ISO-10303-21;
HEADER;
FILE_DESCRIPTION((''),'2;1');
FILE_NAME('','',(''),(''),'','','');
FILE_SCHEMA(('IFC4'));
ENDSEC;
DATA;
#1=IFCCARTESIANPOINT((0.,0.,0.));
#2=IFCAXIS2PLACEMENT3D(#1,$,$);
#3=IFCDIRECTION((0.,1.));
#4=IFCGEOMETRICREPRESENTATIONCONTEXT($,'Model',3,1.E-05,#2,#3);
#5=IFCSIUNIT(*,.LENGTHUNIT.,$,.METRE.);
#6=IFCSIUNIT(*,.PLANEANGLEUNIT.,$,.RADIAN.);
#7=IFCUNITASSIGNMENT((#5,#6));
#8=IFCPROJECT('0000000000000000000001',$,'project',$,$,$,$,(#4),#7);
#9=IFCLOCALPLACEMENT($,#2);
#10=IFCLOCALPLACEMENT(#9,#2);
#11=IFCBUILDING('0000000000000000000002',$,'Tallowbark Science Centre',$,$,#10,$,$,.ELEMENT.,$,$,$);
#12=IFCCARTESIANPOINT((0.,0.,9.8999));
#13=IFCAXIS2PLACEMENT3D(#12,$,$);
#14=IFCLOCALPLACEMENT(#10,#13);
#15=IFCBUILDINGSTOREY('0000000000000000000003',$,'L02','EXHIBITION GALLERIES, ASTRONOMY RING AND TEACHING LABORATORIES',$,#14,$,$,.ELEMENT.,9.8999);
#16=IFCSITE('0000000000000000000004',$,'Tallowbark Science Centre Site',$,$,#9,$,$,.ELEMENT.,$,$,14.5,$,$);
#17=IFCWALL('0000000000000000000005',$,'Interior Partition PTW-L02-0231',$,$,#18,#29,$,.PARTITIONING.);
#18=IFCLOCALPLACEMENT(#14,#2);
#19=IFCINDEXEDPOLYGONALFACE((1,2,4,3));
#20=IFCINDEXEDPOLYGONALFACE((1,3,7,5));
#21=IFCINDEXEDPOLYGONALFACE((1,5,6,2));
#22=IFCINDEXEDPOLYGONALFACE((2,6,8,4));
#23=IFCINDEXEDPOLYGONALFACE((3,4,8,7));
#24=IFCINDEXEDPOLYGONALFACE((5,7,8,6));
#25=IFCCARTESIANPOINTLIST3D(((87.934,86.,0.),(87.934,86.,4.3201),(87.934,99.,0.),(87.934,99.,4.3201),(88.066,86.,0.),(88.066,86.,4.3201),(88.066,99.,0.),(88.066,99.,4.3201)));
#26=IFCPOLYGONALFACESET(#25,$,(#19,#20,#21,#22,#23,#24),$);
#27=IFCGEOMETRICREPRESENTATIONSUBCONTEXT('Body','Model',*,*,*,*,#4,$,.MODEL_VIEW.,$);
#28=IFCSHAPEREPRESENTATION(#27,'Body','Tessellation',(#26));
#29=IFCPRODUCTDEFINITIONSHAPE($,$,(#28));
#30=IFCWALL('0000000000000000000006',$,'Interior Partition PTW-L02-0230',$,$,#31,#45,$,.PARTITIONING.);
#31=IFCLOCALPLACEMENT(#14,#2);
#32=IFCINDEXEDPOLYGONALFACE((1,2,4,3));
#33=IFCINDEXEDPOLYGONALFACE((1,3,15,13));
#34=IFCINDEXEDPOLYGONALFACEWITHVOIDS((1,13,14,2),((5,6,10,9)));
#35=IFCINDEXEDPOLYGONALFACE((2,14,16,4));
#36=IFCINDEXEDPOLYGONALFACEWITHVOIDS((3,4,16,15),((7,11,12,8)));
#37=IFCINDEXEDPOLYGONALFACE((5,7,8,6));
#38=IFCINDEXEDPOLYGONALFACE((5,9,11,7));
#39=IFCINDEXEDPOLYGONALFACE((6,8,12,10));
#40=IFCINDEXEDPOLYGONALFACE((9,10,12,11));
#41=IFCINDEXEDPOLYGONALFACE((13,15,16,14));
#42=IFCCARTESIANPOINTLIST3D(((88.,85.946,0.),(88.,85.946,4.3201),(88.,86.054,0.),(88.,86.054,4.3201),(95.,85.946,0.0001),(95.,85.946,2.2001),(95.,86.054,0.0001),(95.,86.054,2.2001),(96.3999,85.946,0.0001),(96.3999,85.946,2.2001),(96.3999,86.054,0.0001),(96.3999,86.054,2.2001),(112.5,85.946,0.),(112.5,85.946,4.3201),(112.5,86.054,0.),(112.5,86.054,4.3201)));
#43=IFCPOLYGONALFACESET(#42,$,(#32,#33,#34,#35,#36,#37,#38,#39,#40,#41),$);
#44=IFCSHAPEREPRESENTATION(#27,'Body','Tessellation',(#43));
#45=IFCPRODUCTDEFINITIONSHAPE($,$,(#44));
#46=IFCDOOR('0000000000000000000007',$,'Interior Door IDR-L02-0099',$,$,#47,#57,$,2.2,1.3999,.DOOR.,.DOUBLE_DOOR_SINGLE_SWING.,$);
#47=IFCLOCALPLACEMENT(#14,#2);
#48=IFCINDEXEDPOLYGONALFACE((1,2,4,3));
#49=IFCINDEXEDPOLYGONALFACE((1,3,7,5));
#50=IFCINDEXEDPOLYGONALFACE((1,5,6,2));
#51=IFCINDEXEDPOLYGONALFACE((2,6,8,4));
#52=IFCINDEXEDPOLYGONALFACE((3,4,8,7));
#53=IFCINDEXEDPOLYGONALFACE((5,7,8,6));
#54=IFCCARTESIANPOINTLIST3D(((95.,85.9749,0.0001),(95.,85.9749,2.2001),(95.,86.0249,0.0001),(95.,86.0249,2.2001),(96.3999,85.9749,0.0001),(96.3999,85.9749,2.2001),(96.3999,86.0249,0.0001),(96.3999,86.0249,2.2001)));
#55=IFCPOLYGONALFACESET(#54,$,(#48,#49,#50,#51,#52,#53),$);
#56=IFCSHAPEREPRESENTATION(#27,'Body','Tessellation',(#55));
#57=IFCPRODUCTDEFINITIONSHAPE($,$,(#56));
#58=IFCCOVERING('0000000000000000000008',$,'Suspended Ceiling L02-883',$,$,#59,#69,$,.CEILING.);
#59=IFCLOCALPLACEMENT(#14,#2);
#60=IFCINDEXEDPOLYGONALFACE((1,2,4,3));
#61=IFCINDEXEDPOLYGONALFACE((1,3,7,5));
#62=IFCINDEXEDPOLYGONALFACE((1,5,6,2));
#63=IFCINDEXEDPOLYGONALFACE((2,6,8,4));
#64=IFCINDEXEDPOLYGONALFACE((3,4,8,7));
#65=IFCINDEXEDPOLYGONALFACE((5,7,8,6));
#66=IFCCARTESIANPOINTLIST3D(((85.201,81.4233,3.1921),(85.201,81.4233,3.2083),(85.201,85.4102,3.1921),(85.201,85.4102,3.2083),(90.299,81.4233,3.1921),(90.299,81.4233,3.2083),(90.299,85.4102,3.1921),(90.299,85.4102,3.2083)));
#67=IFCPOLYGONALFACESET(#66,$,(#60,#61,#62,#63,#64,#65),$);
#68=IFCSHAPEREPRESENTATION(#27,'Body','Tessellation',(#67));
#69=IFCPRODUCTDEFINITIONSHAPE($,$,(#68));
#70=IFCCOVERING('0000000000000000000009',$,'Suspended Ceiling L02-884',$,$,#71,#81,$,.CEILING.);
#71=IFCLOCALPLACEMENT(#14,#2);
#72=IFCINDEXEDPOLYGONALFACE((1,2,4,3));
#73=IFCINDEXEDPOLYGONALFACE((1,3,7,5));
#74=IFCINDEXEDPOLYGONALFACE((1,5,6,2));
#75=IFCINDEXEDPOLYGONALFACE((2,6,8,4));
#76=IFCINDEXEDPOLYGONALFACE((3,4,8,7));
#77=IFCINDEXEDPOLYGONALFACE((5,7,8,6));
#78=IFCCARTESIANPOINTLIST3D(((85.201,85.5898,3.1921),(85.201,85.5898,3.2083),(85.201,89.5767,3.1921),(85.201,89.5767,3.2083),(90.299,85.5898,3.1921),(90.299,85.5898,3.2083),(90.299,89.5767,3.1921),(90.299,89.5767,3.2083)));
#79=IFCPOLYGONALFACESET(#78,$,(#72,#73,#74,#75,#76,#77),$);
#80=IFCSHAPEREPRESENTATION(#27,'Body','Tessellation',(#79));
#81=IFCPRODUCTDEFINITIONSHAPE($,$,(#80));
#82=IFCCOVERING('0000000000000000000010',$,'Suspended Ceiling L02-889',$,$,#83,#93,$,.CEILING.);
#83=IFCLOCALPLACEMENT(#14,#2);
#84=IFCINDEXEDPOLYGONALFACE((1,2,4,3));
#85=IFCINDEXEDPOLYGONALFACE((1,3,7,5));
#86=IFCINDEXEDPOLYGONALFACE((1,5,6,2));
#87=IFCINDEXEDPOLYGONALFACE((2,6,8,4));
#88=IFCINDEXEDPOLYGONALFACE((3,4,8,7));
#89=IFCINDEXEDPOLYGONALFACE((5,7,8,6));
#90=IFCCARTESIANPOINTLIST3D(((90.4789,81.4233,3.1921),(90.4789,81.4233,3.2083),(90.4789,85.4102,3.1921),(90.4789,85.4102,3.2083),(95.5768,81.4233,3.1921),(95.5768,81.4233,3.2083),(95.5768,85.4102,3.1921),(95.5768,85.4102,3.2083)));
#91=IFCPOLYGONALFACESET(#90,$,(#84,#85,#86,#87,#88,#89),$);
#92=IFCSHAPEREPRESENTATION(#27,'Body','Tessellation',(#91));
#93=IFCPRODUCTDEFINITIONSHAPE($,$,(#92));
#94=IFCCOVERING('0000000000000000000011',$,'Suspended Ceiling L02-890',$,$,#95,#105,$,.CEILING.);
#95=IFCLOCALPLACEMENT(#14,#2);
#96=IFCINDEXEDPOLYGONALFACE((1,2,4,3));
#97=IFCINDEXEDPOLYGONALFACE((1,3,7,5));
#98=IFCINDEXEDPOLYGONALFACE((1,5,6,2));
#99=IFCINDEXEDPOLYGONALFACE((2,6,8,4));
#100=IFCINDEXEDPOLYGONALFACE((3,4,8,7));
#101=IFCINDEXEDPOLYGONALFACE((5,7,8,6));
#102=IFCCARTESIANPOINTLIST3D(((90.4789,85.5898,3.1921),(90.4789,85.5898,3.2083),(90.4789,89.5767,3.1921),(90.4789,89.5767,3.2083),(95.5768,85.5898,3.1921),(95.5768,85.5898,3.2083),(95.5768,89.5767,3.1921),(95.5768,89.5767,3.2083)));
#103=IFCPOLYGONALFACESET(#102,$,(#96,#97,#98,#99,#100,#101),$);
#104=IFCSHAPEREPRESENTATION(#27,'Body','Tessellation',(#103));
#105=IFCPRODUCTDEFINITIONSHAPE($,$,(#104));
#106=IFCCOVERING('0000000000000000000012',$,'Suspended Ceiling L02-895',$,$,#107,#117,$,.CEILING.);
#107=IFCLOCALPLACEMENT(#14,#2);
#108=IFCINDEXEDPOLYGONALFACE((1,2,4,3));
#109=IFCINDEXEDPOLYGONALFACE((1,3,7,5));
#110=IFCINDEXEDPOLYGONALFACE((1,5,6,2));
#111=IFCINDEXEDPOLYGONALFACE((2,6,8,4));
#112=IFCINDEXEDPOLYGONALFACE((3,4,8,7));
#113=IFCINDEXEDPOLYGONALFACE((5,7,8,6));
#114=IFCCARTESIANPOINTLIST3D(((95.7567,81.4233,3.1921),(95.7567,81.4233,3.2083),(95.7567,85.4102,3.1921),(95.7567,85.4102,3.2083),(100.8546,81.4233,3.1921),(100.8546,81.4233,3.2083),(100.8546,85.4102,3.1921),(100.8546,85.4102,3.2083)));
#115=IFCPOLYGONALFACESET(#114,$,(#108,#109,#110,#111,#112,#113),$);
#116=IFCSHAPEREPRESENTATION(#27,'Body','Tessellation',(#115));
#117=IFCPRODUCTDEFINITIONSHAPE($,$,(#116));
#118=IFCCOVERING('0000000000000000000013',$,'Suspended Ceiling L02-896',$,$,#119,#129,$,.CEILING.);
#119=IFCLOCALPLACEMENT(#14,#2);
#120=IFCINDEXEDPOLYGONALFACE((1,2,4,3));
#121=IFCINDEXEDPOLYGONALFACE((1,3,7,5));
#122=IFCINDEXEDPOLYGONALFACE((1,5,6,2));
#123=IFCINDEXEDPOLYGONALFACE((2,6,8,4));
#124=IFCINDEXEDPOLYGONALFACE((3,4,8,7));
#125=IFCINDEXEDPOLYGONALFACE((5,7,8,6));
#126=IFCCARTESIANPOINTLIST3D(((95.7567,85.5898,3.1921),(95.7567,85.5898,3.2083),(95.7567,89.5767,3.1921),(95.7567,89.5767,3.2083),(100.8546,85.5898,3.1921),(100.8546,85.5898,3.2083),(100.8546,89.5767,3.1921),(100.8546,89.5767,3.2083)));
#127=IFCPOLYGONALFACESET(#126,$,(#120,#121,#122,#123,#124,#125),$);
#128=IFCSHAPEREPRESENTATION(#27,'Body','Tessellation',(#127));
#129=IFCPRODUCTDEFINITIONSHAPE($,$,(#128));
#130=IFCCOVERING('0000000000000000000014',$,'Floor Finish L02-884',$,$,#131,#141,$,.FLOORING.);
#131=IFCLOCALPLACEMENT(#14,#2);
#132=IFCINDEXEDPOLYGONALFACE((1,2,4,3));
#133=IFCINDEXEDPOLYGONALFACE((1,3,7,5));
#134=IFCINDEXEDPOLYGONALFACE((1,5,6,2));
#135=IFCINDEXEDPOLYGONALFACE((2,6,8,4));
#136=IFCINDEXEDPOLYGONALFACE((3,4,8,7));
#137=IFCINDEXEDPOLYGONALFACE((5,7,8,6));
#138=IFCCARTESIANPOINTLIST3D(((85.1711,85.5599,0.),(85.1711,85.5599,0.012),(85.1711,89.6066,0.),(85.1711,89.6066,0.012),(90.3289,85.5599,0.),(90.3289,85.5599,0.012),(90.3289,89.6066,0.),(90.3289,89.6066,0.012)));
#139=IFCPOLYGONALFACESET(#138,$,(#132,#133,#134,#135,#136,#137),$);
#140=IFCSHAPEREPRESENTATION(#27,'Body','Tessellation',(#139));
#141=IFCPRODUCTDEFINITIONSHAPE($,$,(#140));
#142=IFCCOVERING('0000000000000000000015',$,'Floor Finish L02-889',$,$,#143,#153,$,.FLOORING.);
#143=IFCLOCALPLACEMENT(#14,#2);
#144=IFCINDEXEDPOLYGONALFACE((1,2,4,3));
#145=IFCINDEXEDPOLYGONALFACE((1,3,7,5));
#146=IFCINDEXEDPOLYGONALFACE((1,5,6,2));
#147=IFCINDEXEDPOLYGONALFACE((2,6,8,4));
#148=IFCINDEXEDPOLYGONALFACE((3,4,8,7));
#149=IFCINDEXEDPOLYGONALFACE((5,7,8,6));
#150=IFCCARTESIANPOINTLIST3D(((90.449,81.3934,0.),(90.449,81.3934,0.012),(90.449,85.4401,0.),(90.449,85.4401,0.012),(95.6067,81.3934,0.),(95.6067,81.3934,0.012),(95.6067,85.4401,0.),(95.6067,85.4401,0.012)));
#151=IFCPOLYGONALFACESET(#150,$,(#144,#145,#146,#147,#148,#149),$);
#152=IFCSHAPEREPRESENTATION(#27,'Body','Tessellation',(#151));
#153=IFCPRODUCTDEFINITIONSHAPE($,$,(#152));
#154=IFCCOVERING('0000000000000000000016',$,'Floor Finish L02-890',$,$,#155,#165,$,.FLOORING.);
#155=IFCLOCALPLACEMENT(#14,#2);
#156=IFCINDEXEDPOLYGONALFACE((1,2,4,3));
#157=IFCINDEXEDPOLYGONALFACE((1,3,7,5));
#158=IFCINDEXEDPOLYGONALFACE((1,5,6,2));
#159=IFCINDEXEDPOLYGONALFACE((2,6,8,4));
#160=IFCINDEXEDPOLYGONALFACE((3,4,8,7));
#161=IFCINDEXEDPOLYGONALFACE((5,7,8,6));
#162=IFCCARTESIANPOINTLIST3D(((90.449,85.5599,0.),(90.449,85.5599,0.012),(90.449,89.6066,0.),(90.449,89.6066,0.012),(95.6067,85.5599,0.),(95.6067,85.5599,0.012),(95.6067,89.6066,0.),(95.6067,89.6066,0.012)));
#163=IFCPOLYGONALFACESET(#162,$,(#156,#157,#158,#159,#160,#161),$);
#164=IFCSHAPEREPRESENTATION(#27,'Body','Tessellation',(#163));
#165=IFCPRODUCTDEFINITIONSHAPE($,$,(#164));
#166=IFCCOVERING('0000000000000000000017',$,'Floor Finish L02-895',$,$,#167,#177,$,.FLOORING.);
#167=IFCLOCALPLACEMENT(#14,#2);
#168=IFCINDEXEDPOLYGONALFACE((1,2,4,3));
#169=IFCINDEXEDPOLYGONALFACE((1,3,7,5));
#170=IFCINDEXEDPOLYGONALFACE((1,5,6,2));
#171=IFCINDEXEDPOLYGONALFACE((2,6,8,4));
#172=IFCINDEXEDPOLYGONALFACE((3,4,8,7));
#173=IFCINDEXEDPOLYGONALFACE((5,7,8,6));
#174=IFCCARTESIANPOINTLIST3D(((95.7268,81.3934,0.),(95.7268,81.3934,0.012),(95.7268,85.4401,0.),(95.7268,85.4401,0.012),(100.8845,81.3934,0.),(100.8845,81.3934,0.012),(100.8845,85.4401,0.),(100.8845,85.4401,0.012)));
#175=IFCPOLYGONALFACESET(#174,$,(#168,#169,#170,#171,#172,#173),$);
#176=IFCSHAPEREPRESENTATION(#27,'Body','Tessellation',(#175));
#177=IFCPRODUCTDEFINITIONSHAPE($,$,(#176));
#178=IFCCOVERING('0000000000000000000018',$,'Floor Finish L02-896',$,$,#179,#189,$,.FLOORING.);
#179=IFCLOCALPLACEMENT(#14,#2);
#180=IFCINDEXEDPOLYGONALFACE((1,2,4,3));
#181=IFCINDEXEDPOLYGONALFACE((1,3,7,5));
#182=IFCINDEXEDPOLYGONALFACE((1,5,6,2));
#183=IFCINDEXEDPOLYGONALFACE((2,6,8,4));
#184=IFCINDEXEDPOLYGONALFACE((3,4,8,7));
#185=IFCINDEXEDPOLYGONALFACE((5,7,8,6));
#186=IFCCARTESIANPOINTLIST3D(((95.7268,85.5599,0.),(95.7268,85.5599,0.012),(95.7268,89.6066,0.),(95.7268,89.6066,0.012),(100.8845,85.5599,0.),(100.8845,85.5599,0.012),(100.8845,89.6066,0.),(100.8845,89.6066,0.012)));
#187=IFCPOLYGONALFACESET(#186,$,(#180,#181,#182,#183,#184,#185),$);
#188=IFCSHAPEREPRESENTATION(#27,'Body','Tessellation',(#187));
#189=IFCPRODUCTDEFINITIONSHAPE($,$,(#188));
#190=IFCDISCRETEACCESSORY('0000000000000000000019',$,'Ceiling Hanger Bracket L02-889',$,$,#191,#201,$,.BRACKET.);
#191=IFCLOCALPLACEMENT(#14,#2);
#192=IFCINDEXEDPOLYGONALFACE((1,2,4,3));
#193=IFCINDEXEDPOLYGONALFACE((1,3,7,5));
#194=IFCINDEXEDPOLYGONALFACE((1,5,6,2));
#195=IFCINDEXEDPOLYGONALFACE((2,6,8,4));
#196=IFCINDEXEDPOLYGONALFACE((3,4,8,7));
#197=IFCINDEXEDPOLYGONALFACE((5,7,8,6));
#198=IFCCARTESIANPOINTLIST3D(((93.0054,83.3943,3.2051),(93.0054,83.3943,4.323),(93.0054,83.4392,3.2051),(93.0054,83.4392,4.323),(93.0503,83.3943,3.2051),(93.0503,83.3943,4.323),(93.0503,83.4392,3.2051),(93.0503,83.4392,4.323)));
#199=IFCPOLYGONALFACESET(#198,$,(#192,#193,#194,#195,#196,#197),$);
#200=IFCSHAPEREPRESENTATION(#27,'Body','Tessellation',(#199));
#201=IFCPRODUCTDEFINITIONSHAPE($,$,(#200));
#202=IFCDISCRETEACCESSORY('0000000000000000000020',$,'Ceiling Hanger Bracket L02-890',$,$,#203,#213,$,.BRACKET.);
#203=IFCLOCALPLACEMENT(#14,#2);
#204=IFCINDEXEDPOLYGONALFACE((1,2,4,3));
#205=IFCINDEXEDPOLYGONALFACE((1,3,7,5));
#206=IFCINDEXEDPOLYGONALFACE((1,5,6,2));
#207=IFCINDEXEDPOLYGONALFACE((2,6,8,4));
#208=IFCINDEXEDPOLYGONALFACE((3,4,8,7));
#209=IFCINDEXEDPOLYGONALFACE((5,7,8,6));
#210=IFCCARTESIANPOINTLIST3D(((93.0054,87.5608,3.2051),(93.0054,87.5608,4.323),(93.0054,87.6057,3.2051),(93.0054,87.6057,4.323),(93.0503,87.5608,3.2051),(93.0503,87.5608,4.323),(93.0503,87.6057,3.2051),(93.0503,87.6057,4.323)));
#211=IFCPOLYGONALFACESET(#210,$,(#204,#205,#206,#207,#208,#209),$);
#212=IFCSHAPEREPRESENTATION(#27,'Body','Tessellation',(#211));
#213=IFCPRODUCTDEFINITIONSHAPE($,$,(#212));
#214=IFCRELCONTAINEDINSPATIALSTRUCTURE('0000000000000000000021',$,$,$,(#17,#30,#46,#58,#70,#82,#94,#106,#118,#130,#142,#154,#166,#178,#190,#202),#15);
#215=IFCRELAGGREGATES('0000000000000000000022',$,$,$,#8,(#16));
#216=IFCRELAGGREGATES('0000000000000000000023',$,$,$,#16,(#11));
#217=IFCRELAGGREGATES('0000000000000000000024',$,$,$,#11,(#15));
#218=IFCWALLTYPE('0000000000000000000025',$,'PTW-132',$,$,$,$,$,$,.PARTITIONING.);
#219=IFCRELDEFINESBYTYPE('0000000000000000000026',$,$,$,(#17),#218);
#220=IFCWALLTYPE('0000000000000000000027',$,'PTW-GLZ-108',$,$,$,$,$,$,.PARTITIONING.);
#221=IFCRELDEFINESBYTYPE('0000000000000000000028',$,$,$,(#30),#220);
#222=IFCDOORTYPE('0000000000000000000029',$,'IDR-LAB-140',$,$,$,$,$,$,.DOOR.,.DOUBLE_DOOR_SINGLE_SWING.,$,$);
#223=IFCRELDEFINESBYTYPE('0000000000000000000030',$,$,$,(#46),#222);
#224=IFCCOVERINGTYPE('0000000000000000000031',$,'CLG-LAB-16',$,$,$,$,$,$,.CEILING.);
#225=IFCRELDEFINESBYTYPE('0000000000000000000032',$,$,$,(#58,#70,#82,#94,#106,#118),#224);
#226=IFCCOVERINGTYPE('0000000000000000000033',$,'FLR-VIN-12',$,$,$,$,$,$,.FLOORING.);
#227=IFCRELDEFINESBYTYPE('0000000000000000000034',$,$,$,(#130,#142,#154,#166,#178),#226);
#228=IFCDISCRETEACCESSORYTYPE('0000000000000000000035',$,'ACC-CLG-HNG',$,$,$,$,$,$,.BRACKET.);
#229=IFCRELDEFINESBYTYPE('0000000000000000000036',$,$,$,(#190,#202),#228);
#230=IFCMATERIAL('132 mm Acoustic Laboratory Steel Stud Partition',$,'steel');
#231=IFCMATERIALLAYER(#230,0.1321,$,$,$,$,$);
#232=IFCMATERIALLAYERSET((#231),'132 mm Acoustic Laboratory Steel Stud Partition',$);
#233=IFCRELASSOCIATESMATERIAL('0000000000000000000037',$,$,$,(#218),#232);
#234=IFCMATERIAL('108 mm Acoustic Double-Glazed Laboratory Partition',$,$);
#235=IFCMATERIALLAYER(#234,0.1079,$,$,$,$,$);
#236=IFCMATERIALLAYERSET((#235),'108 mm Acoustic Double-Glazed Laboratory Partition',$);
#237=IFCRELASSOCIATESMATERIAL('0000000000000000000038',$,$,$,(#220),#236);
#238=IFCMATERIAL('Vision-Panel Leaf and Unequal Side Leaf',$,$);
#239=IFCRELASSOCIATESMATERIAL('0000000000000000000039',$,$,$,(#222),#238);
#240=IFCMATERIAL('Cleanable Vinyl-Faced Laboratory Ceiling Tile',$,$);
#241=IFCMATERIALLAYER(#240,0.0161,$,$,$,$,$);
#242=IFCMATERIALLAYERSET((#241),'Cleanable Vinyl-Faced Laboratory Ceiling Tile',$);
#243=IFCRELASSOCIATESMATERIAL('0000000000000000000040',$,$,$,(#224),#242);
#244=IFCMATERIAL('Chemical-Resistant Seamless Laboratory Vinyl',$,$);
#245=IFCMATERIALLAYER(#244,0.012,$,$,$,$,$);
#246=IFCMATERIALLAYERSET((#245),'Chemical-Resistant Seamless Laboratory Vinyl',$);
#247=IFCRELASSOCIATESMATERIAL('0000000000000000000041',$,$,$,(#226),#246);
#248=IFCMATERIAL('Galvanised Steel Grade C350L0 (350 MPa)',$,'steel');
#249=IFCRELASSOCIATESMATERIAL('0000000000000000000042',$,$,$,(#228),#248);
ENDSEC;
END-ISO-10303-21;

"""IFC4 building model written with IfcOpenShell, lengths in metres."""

from ifc_helpers import new_model, si_unit, direction, frame, frame_2d, origin, origin_2d, place, context, subcontext, project, spatial, rectangle, extrude, material, layer, layer_set, type_object, element, fill, save


model = new_model("IFC4")

# Units and contexts
model_context = context("Model", 3, precision=1e-05, world=origin(), true_north=direction((0.0, 1.0)))
body_context = subcontext(model_context, "Body", "Model", "MODEL_VIEW")
ifc_project = project(units=[si_unit("LENGTHUNIT", "METRE"), si_unit("PLANEANGLEUNIT", "RADIAN")], contexts=[model_context])

# Site, building, storey
site_placement = place(None, origin())
site = spatial("IfcSite", under=ifc_project, at=site_placement, Name="Tallowbark Science Centre Site", CompositionType="ELEMENT", RefElevation=14.5)
building_placement = place(site_placement, origin())
building = spatial("IfcBuilding", under=site, at=building_placement, Name="Tallowbark Science Centre", CompositionType="ELEMENT")
storey_placement = place(building_placement, frame((0.0, 0.0, 9.8999)))
storey = spatial("IfcBuildingStorey", under=building, at=storey_placement, Name="L02", Description="EXHIBITION GALLERIES, ASTRONOMY RING AND TEACHING LABORATORIES", CompositionType="ELEMENT", Elevation=9.8999)

# Wall
ifc_material_1 = material(Name="132 mm Acoustic Laboratory Steel Stud Partition", Category="steel")
ifc_layer_1 = layer(ifc_material_1, 0.1321)
ifc_layer_set_1 = layer_set([ifc_layer_1], Name="132 mm Acoustic Laboratory Steel Stud Partition")
wall_type_1 = type_object("IfcWallType", Name="PTW-132", PredefinedType="PARTITIONING", material=ifc_layer_set_1)
wall_1_placement = place(storey_placement, frame((88.0, 86.0, 0.0), z_axis=(0.0, 0.0, 1.0), x_axis=(0.0, 1.0, 0.0)))
element("IfcWall", 1, at=wall_1_placement, inside=storey, type_object=wall_type_1, Name="Interior Partition PTW-L02-0231", PredefinedType="PARTITIONING", context=body_context, shape_type="SweptSolid", body=[
    extrude(rectangle(XDim=13.0, YDim=0.1321, at=frame_2d((6.5, 0.0))), origin(), (0.0, 0.0, 1.0), 4.3201),
])

# Wall, opening, door
ifc_material_2 = material(Name="108 mm Acoustic Double-Glazed Laboratory Partition")
ifc_layer_2 = layer(ifc_material_2, 0.1079)
ifc_layer_set_2 = layer_set([ifc_layer_2], Name="108 mm Acoustic Double-Glazed Laboratory Partition")
wall_type_2 = type_object("IfcWallType", Name="PTW-GLZ-108", PredefinedType="PARTITIONING", material=ifc_layer_set_2)
wall_2_placement = place(storey_placement, frame((88.0, 86.0, 0.0), z_axis=(0.0, 0.0, 1.0), x_axis=(1.0, 0.0, 0.0)))
wall_2 = element("IfcWall", 2, at=wall_2_placement, inside=storey, type_object=wall_type_2, Name="Interior Partition PTW-L02-0230", PredefinedType="PARTITIONING", context=body_context, shape_type="SweptSolid", body=[
    extrude(rectangle(XDim=24.5, YDim=0.1079, at=frame_2d((12.25, 0.0))), origin(), (0.0, 0.0, 1.0), 4.3201),
])
opening_placement = place(wall_2_placement, frame((7.0, 0.0, 0.0)))
opening = element("IfcOpeningElement", 3, at=opening_placement, cuts=wall_2, PredefinedType="OPENING", context=body_context, shape_type="SweptSolid", body=[
    extrude(rectangle(XDim=1.3999, YDim=2.2, at=frame_2d((0.7, 1.1001))), frame((0.0, 0.064, 0.0), z_axis=(0.0, -1.0, 0.0), x_axis=(1.0, 0.0, 0.0)), (0.0, 0.0, 1.0), 0.1279),
])
ifc_material_3 = material(Name="Vision-Panel Leaf and Unequal Side Leaf")
door_type = type_object("IfcDoorType", Name="IDR-LAB-140", OperationType="DOUBLE_DOOR_SINGLE_SWING", PredefinedType="DOOR", material=ifc_material_3)
door_placement = place(opening_placement, origin())
door = element("IfcDoor", 4, at=door_placement, inside=storey, type_object=door_type, Name="Interior Door IDR-L02-0099", OperationType="DOUBLE_DOOR_SINGLE_SWING", OverallHeight=2.2, OverallWidth=1.3999, PredefinedType="DOOR", context=body_context, shape_type="SweptSolid", body=[
    extrude(rectangle(XDim=1.3999, YDim=2.2, at=frame_2d((0.7, 1.1001))), frame((0.0, 0.0249, 0.0), z_axis=(0.0, -1.0, 0.0), x_axis=(1.0, 0.0, 0.0)), (0.0, 0.0, 1.0), 0.05),
])
fill(opening, door)

# Coverings
ifc_material_4 = material(Name="Cleanable Vinyl-Faced Laboratory Ceiling Tile")
ifc_layer_3 = layer(ifc_material_4, 0.0161)
ifc_layer_set_3 = layer_set([ifc_layer_3], Name="Cleanable Vinyl-Faced Laboratory Ceiling Tile")
covering_type_1 = type_object("IfcCoveringType", Name="CLG-LAB-16", PredefinedType="CEILING", material=ifc_layer_set_3)
for number, where, z_axis, x_axis, name in (
    (5, (87.75, 83.4167, 3.1921), (0.0, 0.0, 1.0), (1.0, 0.0, 0.0), "Suspended Ceiling L02-883"),
    (6, (87.75, 87.5833, 3.1921), (0.0, 0.0, 1.0), (1.0, 0.0, 0.0), "Suspended Ceiling L02-884"),
    (7, (93.0278, 83.4167, 3.1921), (0.0, 0.0, 1.0), (1.0, 0.0, 0.0), "Suspended Ceiling L02-889"),
    (8, (93.0278, 87.5833, 3.1921), (0.0, 0.0, 1.0), (1.0, 0.0, 0.0), "Suspended Ceiling L02-890"),
    (9, (98.3057, 83.4167, 3.1921), (0.0, 0.0, 1.0), (1.0, 0.0, 0.0), "Suspended Ceiling L02-895"),
    (10, (98.3057, 87.5833, 3.1921), (0.0, 0.0, 1.0), (1.0, 0.0, 0.0), "Suspended Ceiling L02-896"),
):
    element("IfcCovering", number, at=place(storey_placement, frame(where, z_axis=z_axis, x_axis=x_axis)), inside=storey, type_object=covering_type_1, Name=name, PredefinedType="CEILING", context=body_context, shape_type="SweptSolid", body=[
        extrude(rectangle(XDim=5.0979, YDim=3.9868, at=origin_2d()), origin(), (0.0, 0.0, 1.0), 0.0161),
    ])
ifc_material_5 = material(Name="Chemical-Resistant Seamless Laboratory Vinyl")
ifc_layer_4 = layer(ifc_material_5, 0.012)
ifc_layer_set_4 = layer_set([ifc_layer_4], Name="Chemical-Resistant Seamless Laboratory Vinyl")
covering_type_2 = type_object("IfcCoveringType", Name="FLR-VIN-12", PredefinedType="FLOORING", material=ifc_layer_set_4)
for number, where, z_axis, x_axis, name in (
    (11, (87.75, 87.5833, 0.0), (0.0, 0.0, 1.0), (1.0, 0.0, 0.0), "Floor Finish L02-884"),
    (12, (93.0278, 83.4167, 0.0), (0.0, 0.0, 1.0), (1.0, 0.0, 0.0), "Floor Finish L02-889"),
    (13, (93.0278, 87.5833, 0.0), (0.0, 0.0, 1.0), (1.0, 0.0, 0.0), "Floor Finish L02-890"),
    (14, (98.3057, 83.4167, 0.0), (0.0, 0.0, 1.0), (1.0, 0.0, 0.0), "Floor Finish L02-895"),
    (15, (98.3057, 87.5833, 0.0), (0.0, 0.0, 1.0), (1.0, 0.0, 0.0), "Floor Finish L02-896"),
):
    element("IfcCovering", number, at=place(storey_placement, frame(where, z_axis=z_axis, x_axis=x_axis)), inside=storey, type_object=covering_type_2, Name=name, PredefinedType="FLOORING", context=body_context, shape_type="SweptSolid", body=[
        extrude(rectangle(XDim=5.1577, YDim=4.0466, at=origin_2d()), origin(), (0.0, 0.0, 1.0), 0.012),
    ])

# Discrete accessories
ifc_material_6 = material(Name="Galvanised Steel Grade C350L0 (350 MPa)", Category="steel")
discrete_accessory_type = type_object("IfcDiscreteAccessoryType", Name="ACC-CLG-HNG", PredefinedType="BRACKET", material=ifc_material_6)
for number, where, z_axis, x_axis, name in (
    (16, (93.0278, 83.4167, 3.2051), (0.0, 0.0, 1.0), (1.0, 0.0, 0.0), "Ceiling Hanger Bracket L02-889"),
    (17, (93.0278, 87.5833, 3.2051), (0.0, 0.0, 1.0), (1.0, 0.0, 0.0), "Ceiling Hanger Bracket L02-890"),
):
    element("IfcDiscreteAccessory", number, at=place(storey_placement, frame(where, z_axis=z_axis, x_axis=x_axis)), inside=storey, type_object=discrete_accessory_type, Name=name, PredefinedType="BRACKET", context=body_context, shape_type="SweptSolid", body=[
        extrude(rectangle(XDim=0.0449, YDim=0.0449, at=origin_2d()), origin(), (0.0, 0.0, 1.0), 1.1179),
    ])

save(model, "model.ifc")
